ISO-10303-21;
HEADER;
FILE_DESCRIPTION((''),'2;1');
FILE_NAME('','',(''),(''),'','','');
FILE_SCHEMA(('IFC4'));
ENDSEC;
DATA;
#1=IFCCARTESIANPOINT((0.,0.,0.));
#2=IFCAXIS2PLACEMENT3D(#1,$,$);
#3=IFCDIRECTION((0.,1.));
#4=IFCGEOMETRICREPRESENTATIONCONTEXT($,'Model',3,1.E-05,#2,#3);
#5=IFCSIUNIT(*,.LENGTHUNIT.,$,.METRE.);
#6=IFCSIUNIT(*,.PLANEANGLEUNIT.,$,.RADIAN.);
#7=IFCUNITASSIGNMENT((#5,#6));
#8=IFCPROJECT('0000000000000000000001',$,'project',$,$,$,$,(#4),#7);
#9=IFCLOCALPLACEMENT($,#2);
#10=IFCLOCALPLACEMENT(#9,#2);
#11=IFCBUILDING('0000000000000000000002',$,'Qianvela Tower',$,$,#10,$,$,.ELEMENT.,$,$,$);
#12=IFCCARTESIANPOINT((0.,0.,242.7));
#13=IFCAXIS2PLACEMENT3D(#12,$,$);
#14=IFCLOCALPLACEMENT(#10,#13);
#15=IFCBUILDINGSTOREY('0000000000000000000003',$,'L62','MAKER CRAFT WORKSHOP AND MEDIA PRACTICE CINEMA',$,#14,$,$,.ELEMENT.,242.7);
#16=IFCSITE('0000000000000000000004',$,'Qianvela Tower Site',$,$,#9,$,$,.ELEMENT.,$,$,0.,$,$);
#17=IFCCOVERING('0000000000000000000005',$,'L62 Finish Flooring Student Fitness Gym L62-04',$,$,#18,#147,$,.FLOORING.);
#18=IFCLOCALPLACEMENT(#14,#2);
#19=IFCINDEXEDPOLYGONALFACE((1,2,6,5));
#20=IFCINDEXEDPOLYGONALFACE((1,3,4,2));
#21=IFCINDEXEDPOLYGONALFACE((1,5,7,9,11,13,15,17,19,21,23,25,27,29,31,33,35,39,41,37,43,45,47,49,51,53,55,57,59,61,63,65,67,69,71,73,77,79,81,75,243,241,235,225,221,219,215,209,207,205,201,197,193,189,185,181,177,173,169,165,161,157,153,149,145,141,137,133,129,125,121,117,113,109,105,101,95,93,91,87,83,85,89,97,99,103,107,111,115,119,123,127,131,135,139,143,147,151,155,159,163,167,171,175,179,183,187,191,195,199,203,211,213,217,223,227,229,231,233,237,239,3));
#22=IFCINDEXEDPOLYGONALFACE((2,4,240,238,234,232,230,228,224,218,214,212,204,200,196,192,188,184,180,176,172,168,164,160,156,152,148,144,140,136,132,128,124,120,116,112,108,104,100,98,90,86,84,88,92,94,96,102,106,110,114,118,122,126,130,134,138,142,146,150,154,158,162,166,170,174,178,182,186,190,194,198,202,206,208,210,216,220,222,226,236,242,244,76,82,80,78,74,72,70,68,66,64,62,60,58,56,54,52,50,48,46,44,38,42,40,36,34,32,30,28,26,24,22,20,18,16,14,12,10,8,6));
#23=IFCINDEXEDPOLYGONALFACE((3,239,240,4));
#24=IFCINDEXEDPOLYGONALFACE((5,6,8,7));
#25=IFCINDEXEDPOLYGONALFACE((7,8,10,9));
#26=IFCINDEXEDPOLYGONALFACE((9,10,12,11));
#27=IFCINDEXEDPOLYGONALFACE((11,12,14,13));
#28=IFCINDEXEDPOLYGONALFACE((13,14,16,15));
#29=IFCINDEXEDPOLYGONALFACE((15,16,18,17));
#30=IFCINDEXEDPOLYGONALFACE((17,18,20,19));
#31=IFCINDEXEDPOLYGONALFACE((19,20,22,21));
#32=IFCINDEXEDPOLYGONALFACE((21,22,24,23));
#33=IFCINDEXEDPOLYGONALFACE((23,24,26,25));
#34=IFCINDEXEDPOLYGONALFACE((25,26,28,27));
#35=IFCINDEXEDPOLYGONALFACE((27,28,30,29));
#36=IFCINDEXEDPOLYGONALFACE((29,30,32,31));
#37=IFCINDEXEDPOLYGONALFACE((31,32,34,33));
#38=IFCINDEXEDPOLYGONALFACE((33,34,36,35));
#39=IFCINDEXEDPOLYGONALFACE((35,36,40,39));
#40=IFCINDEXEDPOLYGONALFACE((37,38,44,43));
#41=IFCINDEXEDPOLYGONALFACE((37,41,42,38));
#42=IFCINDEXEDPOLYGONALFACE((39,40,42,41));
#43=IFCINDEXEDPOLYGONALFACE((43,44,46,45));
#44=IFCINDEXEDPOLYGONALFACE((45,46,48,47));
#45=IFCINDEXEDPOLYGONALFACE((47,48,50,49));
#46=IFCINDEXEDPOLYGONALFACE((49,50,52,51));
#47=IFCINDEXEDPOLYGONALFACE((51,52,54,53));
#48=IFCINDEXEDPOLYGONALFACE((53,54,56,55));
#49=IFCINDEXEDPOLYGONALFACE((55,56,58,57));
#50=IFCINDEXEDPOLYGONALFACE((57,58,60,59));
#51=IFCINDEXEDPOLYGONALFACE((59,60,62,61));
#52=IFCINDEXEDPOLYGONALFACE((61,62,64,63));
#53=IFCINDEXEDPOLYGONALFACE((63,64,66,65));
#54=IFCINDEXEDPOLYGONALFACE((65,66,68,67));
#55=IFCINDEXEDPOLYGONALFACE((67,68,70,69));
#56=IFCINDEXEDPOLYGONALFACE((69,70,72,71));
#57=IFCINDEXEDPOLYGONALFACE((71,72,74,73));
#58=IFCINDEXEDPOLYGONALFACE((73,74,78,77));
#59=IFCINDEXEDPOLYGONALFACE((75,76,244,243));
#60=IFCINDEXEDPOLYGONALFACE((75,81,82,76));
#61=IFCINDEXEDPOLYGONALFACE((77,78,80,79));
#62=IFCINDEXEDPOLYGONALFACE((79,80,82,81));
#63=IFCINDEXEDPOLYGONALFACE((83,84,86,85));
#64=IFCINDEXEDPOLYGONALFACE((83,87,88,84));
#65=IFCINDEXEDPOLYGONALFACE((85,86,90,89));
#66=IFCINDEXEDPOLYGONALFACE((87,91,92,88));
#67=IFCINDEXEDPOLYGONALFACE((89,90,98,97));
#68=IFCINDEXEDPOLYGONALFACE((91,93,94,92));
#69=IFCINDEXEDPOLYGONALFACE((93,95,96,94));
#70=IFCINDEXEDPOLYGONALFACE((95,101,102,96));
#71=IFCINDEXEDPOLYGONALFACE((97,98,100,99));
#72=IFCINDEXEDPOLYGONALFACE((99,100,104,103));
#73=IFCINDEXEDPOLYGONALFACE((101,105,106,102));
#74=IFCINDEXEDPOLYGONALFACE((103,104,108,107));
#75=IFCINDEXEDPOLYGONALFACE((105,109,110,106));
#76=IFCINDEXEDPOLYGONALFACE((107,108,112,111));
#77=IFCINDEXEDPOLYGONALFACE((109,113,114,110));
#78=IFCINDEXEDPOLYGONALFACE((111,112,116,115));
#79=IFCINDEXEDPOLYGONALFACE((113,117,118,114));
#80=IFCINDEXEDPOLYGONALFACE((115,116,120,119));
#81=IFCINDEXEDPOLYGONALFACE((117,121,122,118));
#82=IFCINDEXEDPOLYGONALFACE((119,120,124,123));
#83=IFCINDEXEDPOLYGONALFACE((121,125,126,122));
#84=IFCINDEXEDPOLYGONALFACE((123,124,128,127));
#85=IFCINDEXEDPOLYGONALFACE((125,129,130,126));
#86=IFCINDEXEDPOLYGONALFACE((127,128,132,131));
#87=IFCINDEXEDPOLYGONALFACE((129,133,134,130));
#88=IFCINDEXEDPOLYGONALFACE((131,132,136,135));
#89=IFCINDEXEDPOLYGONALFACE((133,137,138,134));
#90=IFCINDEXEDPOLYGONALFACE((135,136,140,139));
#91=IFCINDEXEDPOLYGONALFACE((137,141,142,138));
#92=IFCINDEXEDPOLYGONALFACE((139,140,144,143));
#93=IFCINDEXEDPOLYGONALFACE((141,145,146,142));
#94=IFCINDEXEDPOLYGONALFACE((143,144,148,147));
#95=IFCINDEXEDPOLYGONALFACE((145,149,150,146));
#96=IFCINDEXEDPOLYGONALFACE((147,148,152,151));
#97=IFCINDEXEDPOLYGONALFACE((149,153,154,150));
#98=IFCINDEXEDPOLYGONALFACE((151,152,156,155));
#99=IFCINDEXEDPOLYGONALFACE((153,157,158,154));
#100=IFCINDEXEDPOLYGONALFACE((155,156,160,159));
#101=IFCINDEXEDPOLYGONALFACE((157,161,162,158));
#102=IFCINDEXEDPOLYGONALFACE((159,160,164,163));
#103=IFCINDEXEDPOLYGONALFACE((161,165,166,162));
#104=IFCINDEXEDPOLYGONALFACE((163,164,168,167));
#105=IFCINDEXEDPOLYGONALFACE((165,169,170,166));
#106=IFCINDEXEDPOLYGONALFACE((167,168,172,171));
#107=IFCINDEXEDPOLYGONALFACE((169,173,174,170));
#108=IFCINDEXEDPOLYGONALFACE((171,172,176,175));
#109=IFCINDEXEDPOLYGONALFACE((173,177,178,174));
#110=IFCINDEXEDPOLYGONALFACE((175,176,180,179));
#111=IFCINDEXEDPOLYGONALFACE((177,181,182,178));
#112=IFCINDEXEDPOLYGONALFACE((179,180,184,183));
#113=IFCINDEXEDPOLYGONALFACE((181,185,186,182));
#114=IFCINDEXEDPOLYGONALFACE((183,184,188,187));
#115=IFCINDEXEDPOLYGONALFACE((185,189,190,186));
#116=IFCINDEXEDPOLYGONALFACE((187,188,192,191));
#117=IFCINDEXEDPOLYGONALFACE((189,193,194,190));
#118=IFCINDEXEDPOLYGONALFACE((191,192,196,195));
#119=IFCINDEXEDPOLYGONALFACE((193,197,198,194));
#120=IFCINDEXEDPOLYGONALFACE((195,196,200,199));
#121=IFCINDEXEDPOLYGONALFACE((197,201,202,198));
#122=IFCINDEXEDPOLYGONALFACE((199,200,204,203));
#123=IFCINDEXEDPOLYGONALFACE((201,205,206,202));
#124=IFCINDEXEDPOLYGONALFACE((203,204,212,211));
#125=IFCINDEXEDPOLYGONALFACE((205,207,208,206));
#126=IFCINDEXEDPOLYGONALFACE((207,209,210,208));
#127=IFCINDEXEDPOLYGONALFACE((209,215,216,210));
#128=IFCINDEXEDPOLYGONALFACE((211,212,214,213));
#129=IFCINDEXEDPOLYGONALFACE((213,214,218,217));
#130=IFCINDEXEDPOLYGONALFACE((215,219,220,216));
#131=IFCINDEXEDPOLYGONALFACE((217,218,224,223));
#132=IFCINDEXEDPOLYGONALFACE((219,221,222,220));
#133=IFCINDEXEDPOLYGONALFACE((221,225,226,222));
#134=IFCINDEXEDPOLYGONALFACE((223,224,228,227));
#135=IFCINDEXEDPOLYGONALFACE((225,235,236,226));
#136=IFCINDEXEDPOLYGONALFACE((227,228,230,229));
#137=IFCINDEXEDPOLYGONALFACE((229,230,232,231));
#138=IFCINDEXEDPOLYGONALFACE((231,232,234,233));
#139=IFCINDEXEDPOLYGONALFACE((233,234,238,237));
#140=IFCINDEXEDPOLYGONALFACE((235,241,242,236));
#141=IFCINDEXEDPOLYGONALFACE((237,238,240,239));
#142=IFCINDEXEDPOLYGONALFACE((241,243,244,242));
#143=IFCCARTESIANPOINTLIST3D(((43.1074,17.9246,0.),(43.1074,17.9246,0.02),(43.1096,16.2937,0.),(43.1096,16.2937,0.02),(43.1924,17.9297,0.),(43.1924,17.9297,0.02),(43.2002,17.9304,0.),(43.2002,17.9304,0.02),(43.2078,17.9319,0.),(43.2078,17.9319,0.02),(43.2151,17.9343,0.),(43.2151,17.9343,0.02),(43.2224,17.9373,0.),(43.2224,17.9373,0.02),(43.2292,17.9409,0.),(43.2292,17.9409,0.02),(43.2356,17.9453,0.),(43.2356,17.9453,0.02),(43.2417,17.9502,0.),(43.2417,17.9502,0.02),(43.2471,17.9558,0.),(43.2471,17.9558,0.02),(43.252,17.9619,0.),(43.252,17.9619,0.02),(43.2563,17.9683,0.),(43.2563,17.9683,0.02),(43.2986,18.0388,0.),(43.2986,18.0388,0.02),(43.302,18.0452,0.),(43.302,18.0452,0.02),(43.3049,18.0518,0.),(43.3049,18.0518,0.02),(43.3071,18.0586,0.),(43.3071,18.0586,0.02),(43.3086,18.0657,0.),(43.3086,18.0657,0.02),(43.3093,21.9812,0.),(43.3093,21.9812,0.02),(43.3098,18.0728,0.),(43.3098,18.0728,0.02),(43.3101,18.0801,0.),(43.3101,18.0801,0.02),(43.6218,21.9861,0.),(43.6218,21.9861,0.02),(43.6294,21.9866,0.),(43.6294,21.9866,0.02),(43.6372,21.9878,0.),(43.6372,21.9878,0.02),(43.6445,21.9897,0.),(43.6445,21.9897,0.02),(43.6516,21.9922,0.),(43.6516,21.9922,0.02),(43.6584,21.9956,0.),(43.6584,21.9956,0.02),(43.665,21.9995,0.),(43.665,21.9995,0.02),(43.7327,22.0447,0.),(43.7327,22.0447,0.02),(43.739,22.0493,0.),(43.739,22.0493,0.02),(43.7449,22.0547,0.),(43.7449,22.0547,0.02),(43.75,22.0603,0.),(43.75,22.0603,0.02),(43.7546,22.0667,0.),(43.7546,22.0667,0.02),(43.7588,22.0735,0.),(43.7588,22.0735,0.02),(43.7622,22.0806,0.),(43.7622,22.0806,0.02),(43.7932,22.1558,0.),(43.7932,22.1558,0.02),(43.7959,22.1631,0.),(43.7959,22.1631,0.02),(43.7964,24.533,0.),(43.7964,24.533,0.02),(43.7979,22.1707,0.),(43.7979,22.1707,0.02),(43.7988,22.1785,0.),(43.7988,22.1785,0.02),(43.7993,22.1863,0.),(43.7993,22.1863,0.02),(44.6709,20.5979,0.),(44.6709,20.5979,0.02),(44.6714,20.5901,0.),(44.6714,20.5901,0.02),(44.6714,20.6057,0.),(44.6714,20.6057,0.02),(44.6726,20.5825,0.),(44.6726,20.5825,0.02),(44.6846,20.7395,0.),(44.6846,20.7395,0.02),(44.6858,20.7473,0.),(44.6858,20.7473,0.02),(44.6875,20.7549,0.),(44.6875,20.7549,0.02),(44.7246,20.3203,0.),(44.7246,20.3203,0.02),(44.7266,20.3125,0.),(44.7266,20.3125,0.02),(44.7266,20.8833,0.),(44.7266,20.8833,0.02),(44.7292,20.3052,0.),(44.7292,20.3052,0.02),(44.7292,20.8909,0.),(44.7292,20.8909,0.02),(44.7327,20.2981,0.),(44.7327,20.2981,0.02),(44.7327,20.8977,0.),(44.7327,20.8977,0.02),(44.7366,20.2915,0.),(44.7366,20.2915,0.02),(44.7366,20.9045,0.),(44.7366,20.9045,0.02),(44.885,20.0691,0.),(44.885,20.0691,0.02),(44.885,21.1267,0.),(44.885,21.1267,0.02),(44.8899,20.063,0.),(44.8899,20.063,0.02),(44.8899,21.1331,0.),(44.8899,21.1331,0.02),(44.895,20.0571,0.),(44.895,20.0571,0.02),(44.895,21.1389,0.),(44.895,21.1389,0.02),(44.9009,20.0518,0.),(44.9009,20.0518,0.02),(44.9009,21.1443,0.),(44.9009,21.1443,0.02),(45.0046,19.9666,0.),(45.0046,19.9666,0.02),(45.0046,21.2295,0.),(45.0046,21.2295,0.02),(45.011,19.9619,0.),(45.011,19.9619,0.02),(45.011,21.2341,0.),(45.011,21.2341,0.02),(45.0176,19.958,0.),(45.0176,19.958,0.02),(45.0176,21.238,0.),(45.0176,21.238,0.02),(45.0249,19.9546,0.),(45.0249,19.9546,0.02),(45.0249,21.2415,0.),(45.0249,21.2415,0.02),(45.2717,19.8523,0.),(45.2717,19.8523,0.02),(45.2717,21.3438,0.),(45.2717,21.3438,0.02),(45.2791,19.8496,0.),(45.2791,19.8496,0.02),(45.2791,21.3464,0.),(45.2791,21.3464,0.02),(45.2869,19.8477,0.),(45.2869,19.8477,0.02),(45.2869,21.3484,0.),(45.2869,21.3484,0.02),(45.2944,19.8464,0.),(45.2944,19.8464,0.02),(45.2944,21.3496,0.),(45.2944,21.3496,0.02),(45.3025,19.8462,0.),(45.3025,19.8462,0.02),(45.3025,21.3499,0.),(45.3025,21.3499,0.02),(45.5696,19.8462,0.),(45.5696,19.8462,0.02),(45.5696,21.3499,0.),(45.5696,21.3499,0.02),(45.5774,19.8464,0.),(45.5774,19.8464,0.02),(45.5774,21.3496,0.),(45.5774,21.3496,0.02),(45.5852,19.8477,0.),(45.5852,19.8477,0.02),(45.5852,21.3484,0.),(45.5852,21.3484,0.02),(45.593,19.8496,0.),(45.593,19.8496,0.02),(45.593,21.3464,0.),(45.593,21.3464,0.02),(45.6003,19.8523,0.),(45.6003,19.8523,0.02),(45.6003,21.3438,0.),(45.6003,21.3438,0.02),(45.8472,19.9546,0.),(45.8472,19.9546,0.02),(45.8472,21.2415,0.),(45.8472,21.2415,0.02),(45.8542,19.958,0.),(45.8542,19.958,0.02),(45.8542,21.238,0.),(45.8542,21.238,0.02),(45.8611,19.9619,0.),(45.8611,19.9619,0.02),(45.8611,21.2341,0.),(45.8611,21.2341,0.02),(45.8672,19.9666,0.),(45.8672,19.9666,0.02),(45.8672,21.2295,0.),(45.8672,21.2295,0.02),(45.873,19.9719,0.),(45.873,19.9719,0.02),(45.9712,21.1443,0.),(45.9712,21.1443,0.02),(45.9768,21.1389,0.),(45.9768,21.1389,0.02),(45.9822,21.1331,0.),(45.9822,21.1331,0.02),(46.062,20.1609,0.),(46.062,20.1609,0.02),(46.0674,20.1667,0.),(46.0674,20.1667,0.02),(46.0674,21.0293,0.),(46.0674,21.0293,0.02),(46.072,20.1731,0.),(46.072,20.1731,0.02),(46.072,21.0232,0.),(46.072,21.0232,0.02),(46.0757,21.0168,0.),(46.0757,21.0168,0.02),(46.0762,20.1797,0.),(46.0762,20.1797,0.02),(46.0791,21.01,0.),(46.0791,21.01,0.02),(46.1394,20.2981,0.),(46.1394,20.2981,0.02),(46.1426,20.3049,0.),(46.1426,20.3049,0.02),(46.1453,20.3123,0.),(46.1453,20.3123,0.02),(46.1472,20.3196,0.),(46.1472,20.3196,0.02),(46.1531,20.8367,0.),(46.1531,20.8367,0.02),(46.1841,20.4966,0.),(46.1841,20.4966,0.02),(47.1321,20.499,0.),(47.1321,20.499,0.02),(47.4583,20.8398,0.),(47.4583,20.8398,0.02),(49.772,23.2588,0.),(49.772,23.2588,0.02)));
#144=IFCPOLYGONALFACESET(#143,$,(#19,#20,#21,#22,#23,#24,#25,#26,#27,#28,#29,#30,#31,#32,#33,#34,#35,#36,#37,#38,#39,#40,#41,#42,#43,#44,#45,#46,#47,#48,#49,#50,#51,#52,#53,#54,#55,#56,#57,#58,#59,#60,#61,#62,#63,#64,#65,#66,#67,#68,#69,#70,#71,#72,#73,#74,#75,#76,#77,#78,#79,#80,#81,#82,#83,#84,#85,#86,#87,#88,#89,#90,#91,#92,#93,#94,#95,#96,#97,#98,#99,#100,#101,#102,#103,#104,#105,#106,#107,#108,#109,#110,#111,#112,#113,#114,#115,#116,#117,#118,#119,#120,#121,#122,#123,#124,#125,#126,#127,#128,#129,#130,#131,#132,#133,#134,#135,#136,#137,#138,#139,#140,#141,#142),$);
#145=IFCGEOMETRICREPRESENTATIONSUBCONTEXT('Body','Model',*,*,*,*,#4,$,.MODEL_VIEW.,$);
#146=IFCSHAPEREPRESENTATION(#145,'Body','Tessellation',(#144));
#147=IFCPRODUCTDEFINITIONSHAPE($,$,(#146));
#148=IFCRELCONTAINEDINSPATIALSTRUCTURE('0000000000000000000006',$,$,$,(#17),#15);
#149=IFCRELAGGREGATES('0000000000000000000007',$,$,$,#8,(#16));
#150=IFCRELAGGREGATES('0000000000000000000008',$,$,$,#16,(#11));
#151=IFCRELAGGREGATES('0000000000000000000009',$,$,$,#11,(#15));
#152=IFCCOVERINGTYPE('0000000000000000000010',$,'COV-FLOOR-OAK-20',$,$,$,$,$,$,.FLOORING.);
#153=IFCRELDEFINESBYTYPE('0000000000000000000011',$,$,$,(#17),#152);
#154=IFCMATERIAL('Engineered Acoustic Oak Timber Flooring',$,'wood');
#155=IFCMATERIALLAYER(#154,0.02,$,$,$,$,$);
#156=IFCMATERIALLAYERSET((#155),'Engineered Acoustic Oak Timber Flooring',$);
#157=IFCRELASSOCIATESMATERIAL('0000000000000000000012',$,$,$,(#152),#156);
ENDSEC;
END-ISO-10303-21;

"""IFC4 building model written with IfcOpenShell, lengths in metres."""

from ifc_helpers import new_model, si_unit, direction, frame, origin, place, context, subcontext, project, spatial, polyline, outline, extrude, material, layer, layer_set, type_object, element, save


model = new_model("IFC4")

# Units and contexts
model_context = context("Model", 3, precision=1e-05, world=origin(), true_north=direction((0.0, 1.0)))
body_context = subcontext(model_context, "Body", "Model", "MODEL_VIEW")
ifc_project = project(units=[si_unit("LENGTHUNIT", "METRE"), si_unit("PLANEANGLEUNIT", "RADIAN")], contexts=[model_context])

# Site, building, storey
site_placement = place(None, origin())
site = spatial("IfcSite", under=ifc_project, at=site_placement, Name="Qianvela Tower Site", CompositionType="ELEMENT", RefElevation=0.0)
building_placement = place(site_placement, origin())
building = spatial("IfcBuilding", under=site, at=building_placement, Name="Qianvela Tower", CompositionType="ELEMENT")
storey_placement = place(building_placement, frame((0.0, 0.0, 242.7)))
storey = spatial("IfcBuildingStorey", under=building, at=storey_placement, Name="L62", Description="MAKER CRAFT WORKSHOP AND MEDIA PRACTICE CINEMA", CompositionType="ELEMENT", Elevation=242.7)

# Covering
ifc_material_1 = material(Name="Engineered Acoustic Oak Timber Flooring", Category="wood")
ifc_layer_1 = layer(ifc_material_1, 0.02)
ifc_layer_set_1 = layer_set([ifc_layer_1], Name="Engineered Acoustic Oak Timber Flooring")
covering_type_1 = type_object("IfcCoveringType", Name="COV-FLOOR-OAK-20", PredefinedType="FLOORING", material=ifc_layer_set_1)
covering_1_placement = place(storey_placement, origin())
element("IfcCovering", 1, at=covering_1_placement, inside=storey, type_object=covering_type_1, Name="L62 Finish Flooring Student Fitness Gym L62-04", PredefinedType="FLOORING", context=body_context, shape_type="SweptSolid", body=[
    extrude(outline(polyline([(43.2986, 18.0388), (43.302, 18.0452), (43.3049, 18.0518), (43.3071, 18.0586), (43.3086, 18.0657), (43.3098, 18.0728), (43.3101, 18.0801), (43.3093, 21.9812), (43.6218, 21.9861), (43.6294, 21.9866), (43.6372, 21.9878), (43.6445, 21.9897), (43.6516, 21.9922), (43.6584, 21.9956), (43.665, 21.9995), (43.7327, 22.0447), (43.739, 22.0493), (43.7449, 22.0547), (43.75, 22.0603), (43.7546, 22.0667), (43.7588, 22.0735), (43.7622, 22.0806), (43.7932, 22.1558), (43.7959, 22.1631), (43.7979, 22.1707), (43.7988, 22.1785), (43.7993, 22.1863), (43.7964, 24.533), (49.772, 23.2588), (47.4583, 20.8398), (46.1531, 20.8367), (46.0791, 21.01), (46.0757, 21.0168), (46.072, 21.0232), (46.0674, 21.0293), (45.9822, 21.1331), (45.9768, 21.1389), (45.9712, 21.1443), (45.8672, 21.2295), (45.8611, 21.2341), (45.8542, 21.238), (45.8472, 21.2415), (45.6003, 21.3438), (45.593, 21.3464), (45.5852, 21.3484), (45.5774, 21.3496), (45.5696, 21.3499), (45.3025, 21.3499), (45.2944, 21.3496), (45.2869, 21.3484), (45.2791, 21.3464), (45.2717, 21.3438), (45.0249, 21.2415), (45.0176, 21.238), (45.011, 21.2341), (45.0046, 21.2295), (44.9009, 21.1443), (44.895, 21.1389), (44.8899, 21.1331), (44.885, 21.1267), (44.7366, 20.9045), (44.7327, 20.8977), (44.7292, 20.8909), (44.7266, 20.8833), (44.6875, 20.7549), (44.6858, 20.7473), (44.6846, 20.7395), (44.6714, 20.6057), (44.6709, 20.5979), (44.6714, 20.5901), (44.6726, 20.5825), (44.7246, 20.3203), (44.7266, 20.3125), (44.7292, 20.3052), (44.7327, 20.2981), (44.7366, 20.2915), (44.885, 20.0691), (44.8899, 20.063), (44.895, 20.0571), (44.9009, 20.0518), (45.0046, 19.9666), (45.011, 19.9619), (45.0176, 19.958), (45.0249, 19.9546), (45.2717, 19.8523), (45.2791, 19.8496), (45.2869, 19.8477), (45.2944, 19.8464), (45.3025, 19.8462), (45.5696, 19.8462), (45.5774, 19.8464), (45.5852, 19.8477), (45.593, 19.8496), (45.6003, 19.8523), (45.8472, 19.9546), (45.8542, 19.958), (45.8611, 19.9619), (45.8672, 19.9666), (45.873, 19.9719), (46.062, 20.1609), (46.0674, 20.1667), (46.072, 20.1731), (46.0762, 20.1797), (46.1394, 20.2981), (46.1426, 20.3049), (46.1453, 20.3123), (46.1472, 20.3196), (46.1841, 20.4966), (47.1321, 20.499), (43.1096, 16.2937), (43.1074, 17.9246), (43.1924, 17.9297), (43.2002, 17.9304), (43.2078, 17.9319), (43.2151, 17.9343), (43.2224, 17.9373), (43.2292, 17.9409), (43.2356, 17.9453), (43.2417, 17.9502), (43.2471, 17.9558), (43.252, 17.9619), (43.2563, 17.9683), (43.2986, 18.0388)])), origin(), (0.0, 0.0, 1.0), 0.02),
])

save(model, "model.ifc")
